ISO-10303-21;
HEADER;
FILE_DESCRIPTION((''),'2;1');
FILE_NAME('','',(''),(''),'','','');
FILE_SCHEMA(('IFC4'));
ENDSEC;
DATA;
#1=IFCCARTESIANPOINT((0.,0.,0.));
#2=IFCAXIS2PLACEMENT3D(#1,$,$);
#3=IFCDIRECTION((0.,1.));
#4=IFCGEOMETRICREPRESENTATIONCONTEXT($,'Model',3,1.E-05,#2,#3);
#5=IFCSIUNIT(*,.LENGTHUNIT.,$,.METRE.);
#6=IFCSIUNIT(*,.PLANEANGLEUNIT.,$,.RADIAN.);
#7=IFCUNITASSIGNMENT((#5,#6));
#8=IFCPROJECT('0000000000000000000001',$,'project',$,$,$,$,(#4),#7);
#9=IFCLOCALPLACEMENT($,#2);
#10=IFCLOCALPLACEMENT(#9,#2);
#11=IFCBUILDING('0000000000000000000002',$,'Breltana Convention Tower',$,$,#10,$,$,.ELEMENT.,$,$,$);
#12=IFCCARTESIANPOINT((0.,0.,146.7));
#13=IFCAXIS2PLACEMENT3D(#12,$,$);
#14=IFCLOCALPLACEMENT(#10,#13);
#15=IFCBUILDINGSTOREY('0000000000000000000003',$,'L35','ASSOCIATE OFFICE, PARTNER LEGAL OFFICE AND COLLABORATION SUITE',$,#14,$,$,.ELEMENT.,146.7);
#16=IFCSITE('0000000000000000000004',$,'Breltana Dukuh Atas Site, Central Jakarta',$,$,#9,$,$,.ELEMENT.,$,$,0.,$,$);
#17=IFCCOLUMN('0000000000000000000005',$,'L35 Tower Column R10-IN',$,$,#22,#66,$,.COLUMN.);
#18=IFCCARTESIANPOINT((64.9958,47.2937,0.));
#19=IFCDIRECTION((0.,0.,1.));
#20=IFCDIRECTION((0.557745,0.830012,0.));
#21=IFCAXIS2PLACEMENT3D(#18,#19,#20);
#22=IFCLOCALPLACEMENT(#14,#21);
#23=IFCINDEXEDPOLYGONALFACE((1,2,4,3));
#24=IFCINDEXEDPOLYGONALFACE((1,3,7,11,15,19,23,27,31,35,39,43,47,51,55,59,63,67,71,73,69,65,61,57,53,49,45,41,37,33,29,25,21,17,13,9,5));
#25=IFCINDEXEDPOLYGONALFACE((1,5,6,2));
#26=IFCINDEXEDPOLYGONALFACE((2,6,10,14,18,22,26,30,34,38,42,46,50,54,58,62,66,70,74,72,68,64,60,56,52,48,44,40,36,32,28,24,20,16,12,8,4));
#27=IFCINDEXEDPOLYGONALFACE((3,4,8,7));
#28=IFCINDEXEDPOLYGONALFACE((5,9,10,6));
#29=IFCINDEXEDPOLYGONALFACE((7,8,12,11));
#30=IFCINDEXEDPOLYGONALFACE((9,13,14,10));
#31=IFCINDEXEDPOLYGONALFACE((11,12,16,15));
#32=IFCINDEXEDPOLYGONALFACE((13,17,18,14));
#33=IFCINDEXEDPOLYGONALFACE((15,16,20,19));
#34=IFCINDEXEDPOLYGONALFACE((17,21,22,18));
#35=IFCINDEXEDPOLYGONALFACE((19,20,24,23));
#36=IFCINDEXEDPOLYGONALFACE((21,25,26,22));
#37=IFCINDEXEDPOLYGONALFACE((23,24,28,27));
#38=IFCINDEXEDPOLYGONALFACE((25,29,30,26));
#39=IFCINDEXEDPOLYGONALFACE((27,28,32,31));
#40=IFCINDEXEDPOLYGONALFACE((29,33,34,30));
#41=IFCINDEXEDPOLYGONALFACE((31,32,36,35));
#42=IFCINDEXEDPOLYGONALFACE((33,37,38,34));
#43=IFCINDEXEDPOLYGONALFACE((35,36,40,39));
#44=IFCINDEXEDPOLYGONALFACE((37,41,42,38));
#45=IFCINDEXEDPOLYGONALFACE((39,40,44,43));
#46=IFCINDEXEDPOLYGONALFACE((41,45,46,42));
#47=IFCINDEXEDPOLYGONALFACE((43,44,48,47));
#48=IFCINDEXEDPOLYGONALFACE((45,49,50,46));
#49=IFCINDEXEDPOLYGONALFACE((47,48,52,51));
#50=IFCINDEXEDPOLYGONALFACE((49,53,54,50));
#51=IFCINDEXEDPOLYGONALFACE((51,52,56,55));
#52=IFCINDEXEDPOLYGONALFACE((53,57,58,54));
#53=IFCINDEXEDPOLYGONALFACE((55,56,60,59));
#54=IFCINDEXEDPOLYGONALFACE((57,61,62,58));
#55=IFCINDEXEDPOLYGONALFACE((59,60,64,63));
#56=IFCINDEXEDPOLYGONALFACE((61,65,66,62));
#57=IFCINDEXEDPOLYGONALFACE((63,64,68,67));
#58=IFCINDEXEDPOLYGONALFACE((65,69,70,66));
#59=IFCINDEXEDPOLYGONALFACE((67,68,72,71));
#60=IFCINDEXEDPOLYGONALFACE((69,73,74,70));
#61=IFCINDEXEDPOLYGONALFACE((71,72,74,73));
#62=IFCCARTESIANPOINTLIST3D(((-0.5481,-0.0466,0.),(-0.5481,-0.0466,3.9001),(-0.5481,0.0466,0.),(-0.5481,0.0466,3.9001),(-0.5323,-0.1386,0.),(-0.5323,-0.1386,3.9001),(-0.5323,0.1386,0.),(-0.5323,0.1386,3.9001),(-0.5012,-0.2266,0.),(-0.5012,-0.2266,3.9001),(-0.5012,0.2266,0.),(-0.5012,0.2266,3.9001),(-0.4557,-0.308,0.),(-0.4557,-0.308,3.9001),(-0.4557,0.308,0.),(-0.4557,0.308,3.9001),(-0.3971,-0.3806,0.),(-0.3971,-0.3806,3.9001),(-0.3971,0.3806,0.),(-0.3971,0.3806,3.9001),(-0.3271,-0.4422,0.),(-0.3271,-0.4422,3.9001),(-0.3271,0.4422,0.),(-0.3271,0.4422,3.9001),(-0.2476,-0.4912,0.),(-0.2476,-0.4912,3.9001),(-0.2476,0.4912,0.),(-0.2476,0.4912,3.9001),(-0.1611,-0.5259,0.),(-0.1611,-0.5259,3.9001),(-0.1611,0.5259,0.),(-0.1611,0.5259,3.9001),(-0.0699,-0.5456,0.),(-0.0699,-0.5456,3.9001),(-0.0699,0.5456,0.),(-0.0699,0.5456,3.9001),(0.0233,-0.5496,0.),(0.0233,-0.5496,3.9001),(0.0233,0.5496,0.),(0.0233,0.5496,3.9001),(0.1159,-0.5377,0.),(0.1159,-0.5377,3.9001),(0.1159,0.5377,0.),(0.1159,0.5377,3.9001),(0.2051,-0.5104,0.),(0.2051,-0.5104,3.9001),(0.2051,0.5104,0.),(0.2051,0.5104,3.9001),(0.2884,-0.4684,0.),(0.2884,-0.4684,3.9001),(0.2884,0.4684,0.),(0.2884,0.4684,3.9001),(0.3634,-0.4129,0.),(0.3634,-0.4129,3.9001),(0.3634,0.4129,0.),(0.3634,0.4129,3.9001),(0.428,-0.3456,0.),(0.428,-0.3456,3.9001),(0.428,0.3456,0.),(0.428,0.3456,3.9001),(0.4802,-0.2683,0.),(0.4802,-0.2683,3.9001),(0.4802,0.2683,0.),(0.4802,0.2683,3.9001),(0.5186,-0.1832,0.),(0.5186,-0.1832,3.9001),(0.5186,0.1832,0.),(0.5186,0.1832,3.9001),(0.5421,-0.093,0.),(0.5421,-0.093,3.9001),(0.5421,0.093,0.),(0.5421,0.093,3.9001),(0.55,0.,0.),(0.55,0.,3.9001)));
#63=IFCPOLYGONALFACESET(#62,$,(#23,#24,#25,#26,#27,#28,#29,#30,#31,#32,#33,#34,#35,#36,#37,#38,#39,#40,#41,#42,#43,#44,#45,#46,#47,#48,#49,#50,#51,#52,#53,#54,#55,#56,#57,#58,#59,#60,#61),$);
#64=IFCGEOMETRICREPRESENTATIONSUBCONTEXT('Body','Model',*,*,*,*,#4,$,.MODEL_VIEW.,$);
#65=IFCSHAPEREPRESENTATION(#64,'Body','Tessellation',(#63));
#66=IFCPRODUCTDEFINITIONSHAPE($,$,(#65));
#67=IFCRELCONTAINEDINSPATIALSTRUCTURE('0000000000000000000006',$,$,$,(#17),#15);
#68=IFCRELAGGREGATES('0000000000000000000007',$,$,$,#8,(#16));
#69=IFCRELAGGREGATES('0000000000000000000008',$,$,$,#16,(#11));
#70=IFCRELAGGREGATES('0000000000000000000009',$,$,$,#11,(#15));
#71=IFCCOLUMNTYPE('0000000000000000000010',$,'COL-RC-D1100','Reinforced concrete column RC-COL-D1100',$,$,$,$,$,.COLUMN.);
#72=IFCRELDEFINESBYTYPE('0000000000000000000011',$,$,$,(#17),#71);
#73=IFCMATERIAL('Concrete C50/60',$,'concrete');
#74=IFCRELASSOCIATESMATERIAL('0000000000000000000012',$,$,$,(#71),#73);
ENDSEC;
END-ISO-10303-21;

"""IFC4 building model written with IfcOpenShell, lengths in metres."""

from ifc_helpers import new_model, si_unit, direction, frame, origin, origin_2d, place, context, subcontext, project, spatial, circle, extrude, source, transform, mapped, material, material_profile, profile_set, type_object, element, save


model = new_model("IFC4")

# Units and contexts
model_context = context("Model", 3, precision=1e-05, world=origin(), true_north=direction((0.0, 1.0)))
body_context = subcontext(model_context, "Body", "Model", "MODEL_VIEW")
ifc_project = project(units=[si_unit("LENGTHUNIT", "METRE"), si_unit("PLANEANGLEUNIT", "RADIAN")], contexts=[model_context])

# Site, building, storey
site_placement = place(None, origin())
site = spatial("IfcSite", under=ifc_project, at=site_placement, Name="Breltana Dukuh Atas Site, Central Jakarta", CompositionType="ELEMENT", RefElevation=0.0)
building_placement = place(site_placement, origin())
building = spatial("IfcBuilding", under=site, at=building_placement, Name="Breltana Convention Tower", CompositionType="ELEMENT")
storey_placement = place(building_placement, frame((0.0, 0.0, 146.7)))
storey = spatial("IfcBuildingStorey", under=building, at=storey_placement, Name="L35", Description="ASSOCIATE OFFICE, PARTNER LEGAL OFFICE AND COLLABORATION SUITE", CompositionType="ELEMENT", Elevation=146.7)

# Column
ifc_material_1 = material(Name="Concrete C50/60", Category="concrete")
ifc_material_profile_1 = material_profile(ifc_material_1, circle(Radius=0.55, at=origin_2d()), Name="RC-COL-D1100")
ifc_profile_set_1 = profile_set([ifc_material_profile_1], Name="Concrete C50/60")
column_type = type_object("IfcColumnType", Name="COL-RC-D1100", Description="Reinforced concrete column RC-COL-D1100", PredefinedType="COLUMN", material=ifc_profile_set_1)
shared_shape_1 = source(origin(), body_context, "Body", "SweptSolid", [
    extrude(circle(Radius=0.55, at=origin_2d()), origin(), (0.0, 0.0, 1.0), 3.9001),
])
for number, where, z_axis, x_axis, name in (
    (1, (64.9958, 47.2937, 0.0), (0.0, 0.0, 1.0), (0.557745, 0.830012, 0.0), "L35 Tower Column R10-IN"),
):
    element("IfcColumn", number, at=place(storey_placement, frame(where, z_axis=z_axis, x_axis=x_axis)), inside=storey, type_object=column_type, Name=name, PredefinedType="COLUMN", context=body_context, shape_type="MappedRepresentation", body=[
        mapped(shared_shape_1, transform((0.0, 0.0, 0.0), scale=1.0)),
    ])

save(model, "model.ifc")
